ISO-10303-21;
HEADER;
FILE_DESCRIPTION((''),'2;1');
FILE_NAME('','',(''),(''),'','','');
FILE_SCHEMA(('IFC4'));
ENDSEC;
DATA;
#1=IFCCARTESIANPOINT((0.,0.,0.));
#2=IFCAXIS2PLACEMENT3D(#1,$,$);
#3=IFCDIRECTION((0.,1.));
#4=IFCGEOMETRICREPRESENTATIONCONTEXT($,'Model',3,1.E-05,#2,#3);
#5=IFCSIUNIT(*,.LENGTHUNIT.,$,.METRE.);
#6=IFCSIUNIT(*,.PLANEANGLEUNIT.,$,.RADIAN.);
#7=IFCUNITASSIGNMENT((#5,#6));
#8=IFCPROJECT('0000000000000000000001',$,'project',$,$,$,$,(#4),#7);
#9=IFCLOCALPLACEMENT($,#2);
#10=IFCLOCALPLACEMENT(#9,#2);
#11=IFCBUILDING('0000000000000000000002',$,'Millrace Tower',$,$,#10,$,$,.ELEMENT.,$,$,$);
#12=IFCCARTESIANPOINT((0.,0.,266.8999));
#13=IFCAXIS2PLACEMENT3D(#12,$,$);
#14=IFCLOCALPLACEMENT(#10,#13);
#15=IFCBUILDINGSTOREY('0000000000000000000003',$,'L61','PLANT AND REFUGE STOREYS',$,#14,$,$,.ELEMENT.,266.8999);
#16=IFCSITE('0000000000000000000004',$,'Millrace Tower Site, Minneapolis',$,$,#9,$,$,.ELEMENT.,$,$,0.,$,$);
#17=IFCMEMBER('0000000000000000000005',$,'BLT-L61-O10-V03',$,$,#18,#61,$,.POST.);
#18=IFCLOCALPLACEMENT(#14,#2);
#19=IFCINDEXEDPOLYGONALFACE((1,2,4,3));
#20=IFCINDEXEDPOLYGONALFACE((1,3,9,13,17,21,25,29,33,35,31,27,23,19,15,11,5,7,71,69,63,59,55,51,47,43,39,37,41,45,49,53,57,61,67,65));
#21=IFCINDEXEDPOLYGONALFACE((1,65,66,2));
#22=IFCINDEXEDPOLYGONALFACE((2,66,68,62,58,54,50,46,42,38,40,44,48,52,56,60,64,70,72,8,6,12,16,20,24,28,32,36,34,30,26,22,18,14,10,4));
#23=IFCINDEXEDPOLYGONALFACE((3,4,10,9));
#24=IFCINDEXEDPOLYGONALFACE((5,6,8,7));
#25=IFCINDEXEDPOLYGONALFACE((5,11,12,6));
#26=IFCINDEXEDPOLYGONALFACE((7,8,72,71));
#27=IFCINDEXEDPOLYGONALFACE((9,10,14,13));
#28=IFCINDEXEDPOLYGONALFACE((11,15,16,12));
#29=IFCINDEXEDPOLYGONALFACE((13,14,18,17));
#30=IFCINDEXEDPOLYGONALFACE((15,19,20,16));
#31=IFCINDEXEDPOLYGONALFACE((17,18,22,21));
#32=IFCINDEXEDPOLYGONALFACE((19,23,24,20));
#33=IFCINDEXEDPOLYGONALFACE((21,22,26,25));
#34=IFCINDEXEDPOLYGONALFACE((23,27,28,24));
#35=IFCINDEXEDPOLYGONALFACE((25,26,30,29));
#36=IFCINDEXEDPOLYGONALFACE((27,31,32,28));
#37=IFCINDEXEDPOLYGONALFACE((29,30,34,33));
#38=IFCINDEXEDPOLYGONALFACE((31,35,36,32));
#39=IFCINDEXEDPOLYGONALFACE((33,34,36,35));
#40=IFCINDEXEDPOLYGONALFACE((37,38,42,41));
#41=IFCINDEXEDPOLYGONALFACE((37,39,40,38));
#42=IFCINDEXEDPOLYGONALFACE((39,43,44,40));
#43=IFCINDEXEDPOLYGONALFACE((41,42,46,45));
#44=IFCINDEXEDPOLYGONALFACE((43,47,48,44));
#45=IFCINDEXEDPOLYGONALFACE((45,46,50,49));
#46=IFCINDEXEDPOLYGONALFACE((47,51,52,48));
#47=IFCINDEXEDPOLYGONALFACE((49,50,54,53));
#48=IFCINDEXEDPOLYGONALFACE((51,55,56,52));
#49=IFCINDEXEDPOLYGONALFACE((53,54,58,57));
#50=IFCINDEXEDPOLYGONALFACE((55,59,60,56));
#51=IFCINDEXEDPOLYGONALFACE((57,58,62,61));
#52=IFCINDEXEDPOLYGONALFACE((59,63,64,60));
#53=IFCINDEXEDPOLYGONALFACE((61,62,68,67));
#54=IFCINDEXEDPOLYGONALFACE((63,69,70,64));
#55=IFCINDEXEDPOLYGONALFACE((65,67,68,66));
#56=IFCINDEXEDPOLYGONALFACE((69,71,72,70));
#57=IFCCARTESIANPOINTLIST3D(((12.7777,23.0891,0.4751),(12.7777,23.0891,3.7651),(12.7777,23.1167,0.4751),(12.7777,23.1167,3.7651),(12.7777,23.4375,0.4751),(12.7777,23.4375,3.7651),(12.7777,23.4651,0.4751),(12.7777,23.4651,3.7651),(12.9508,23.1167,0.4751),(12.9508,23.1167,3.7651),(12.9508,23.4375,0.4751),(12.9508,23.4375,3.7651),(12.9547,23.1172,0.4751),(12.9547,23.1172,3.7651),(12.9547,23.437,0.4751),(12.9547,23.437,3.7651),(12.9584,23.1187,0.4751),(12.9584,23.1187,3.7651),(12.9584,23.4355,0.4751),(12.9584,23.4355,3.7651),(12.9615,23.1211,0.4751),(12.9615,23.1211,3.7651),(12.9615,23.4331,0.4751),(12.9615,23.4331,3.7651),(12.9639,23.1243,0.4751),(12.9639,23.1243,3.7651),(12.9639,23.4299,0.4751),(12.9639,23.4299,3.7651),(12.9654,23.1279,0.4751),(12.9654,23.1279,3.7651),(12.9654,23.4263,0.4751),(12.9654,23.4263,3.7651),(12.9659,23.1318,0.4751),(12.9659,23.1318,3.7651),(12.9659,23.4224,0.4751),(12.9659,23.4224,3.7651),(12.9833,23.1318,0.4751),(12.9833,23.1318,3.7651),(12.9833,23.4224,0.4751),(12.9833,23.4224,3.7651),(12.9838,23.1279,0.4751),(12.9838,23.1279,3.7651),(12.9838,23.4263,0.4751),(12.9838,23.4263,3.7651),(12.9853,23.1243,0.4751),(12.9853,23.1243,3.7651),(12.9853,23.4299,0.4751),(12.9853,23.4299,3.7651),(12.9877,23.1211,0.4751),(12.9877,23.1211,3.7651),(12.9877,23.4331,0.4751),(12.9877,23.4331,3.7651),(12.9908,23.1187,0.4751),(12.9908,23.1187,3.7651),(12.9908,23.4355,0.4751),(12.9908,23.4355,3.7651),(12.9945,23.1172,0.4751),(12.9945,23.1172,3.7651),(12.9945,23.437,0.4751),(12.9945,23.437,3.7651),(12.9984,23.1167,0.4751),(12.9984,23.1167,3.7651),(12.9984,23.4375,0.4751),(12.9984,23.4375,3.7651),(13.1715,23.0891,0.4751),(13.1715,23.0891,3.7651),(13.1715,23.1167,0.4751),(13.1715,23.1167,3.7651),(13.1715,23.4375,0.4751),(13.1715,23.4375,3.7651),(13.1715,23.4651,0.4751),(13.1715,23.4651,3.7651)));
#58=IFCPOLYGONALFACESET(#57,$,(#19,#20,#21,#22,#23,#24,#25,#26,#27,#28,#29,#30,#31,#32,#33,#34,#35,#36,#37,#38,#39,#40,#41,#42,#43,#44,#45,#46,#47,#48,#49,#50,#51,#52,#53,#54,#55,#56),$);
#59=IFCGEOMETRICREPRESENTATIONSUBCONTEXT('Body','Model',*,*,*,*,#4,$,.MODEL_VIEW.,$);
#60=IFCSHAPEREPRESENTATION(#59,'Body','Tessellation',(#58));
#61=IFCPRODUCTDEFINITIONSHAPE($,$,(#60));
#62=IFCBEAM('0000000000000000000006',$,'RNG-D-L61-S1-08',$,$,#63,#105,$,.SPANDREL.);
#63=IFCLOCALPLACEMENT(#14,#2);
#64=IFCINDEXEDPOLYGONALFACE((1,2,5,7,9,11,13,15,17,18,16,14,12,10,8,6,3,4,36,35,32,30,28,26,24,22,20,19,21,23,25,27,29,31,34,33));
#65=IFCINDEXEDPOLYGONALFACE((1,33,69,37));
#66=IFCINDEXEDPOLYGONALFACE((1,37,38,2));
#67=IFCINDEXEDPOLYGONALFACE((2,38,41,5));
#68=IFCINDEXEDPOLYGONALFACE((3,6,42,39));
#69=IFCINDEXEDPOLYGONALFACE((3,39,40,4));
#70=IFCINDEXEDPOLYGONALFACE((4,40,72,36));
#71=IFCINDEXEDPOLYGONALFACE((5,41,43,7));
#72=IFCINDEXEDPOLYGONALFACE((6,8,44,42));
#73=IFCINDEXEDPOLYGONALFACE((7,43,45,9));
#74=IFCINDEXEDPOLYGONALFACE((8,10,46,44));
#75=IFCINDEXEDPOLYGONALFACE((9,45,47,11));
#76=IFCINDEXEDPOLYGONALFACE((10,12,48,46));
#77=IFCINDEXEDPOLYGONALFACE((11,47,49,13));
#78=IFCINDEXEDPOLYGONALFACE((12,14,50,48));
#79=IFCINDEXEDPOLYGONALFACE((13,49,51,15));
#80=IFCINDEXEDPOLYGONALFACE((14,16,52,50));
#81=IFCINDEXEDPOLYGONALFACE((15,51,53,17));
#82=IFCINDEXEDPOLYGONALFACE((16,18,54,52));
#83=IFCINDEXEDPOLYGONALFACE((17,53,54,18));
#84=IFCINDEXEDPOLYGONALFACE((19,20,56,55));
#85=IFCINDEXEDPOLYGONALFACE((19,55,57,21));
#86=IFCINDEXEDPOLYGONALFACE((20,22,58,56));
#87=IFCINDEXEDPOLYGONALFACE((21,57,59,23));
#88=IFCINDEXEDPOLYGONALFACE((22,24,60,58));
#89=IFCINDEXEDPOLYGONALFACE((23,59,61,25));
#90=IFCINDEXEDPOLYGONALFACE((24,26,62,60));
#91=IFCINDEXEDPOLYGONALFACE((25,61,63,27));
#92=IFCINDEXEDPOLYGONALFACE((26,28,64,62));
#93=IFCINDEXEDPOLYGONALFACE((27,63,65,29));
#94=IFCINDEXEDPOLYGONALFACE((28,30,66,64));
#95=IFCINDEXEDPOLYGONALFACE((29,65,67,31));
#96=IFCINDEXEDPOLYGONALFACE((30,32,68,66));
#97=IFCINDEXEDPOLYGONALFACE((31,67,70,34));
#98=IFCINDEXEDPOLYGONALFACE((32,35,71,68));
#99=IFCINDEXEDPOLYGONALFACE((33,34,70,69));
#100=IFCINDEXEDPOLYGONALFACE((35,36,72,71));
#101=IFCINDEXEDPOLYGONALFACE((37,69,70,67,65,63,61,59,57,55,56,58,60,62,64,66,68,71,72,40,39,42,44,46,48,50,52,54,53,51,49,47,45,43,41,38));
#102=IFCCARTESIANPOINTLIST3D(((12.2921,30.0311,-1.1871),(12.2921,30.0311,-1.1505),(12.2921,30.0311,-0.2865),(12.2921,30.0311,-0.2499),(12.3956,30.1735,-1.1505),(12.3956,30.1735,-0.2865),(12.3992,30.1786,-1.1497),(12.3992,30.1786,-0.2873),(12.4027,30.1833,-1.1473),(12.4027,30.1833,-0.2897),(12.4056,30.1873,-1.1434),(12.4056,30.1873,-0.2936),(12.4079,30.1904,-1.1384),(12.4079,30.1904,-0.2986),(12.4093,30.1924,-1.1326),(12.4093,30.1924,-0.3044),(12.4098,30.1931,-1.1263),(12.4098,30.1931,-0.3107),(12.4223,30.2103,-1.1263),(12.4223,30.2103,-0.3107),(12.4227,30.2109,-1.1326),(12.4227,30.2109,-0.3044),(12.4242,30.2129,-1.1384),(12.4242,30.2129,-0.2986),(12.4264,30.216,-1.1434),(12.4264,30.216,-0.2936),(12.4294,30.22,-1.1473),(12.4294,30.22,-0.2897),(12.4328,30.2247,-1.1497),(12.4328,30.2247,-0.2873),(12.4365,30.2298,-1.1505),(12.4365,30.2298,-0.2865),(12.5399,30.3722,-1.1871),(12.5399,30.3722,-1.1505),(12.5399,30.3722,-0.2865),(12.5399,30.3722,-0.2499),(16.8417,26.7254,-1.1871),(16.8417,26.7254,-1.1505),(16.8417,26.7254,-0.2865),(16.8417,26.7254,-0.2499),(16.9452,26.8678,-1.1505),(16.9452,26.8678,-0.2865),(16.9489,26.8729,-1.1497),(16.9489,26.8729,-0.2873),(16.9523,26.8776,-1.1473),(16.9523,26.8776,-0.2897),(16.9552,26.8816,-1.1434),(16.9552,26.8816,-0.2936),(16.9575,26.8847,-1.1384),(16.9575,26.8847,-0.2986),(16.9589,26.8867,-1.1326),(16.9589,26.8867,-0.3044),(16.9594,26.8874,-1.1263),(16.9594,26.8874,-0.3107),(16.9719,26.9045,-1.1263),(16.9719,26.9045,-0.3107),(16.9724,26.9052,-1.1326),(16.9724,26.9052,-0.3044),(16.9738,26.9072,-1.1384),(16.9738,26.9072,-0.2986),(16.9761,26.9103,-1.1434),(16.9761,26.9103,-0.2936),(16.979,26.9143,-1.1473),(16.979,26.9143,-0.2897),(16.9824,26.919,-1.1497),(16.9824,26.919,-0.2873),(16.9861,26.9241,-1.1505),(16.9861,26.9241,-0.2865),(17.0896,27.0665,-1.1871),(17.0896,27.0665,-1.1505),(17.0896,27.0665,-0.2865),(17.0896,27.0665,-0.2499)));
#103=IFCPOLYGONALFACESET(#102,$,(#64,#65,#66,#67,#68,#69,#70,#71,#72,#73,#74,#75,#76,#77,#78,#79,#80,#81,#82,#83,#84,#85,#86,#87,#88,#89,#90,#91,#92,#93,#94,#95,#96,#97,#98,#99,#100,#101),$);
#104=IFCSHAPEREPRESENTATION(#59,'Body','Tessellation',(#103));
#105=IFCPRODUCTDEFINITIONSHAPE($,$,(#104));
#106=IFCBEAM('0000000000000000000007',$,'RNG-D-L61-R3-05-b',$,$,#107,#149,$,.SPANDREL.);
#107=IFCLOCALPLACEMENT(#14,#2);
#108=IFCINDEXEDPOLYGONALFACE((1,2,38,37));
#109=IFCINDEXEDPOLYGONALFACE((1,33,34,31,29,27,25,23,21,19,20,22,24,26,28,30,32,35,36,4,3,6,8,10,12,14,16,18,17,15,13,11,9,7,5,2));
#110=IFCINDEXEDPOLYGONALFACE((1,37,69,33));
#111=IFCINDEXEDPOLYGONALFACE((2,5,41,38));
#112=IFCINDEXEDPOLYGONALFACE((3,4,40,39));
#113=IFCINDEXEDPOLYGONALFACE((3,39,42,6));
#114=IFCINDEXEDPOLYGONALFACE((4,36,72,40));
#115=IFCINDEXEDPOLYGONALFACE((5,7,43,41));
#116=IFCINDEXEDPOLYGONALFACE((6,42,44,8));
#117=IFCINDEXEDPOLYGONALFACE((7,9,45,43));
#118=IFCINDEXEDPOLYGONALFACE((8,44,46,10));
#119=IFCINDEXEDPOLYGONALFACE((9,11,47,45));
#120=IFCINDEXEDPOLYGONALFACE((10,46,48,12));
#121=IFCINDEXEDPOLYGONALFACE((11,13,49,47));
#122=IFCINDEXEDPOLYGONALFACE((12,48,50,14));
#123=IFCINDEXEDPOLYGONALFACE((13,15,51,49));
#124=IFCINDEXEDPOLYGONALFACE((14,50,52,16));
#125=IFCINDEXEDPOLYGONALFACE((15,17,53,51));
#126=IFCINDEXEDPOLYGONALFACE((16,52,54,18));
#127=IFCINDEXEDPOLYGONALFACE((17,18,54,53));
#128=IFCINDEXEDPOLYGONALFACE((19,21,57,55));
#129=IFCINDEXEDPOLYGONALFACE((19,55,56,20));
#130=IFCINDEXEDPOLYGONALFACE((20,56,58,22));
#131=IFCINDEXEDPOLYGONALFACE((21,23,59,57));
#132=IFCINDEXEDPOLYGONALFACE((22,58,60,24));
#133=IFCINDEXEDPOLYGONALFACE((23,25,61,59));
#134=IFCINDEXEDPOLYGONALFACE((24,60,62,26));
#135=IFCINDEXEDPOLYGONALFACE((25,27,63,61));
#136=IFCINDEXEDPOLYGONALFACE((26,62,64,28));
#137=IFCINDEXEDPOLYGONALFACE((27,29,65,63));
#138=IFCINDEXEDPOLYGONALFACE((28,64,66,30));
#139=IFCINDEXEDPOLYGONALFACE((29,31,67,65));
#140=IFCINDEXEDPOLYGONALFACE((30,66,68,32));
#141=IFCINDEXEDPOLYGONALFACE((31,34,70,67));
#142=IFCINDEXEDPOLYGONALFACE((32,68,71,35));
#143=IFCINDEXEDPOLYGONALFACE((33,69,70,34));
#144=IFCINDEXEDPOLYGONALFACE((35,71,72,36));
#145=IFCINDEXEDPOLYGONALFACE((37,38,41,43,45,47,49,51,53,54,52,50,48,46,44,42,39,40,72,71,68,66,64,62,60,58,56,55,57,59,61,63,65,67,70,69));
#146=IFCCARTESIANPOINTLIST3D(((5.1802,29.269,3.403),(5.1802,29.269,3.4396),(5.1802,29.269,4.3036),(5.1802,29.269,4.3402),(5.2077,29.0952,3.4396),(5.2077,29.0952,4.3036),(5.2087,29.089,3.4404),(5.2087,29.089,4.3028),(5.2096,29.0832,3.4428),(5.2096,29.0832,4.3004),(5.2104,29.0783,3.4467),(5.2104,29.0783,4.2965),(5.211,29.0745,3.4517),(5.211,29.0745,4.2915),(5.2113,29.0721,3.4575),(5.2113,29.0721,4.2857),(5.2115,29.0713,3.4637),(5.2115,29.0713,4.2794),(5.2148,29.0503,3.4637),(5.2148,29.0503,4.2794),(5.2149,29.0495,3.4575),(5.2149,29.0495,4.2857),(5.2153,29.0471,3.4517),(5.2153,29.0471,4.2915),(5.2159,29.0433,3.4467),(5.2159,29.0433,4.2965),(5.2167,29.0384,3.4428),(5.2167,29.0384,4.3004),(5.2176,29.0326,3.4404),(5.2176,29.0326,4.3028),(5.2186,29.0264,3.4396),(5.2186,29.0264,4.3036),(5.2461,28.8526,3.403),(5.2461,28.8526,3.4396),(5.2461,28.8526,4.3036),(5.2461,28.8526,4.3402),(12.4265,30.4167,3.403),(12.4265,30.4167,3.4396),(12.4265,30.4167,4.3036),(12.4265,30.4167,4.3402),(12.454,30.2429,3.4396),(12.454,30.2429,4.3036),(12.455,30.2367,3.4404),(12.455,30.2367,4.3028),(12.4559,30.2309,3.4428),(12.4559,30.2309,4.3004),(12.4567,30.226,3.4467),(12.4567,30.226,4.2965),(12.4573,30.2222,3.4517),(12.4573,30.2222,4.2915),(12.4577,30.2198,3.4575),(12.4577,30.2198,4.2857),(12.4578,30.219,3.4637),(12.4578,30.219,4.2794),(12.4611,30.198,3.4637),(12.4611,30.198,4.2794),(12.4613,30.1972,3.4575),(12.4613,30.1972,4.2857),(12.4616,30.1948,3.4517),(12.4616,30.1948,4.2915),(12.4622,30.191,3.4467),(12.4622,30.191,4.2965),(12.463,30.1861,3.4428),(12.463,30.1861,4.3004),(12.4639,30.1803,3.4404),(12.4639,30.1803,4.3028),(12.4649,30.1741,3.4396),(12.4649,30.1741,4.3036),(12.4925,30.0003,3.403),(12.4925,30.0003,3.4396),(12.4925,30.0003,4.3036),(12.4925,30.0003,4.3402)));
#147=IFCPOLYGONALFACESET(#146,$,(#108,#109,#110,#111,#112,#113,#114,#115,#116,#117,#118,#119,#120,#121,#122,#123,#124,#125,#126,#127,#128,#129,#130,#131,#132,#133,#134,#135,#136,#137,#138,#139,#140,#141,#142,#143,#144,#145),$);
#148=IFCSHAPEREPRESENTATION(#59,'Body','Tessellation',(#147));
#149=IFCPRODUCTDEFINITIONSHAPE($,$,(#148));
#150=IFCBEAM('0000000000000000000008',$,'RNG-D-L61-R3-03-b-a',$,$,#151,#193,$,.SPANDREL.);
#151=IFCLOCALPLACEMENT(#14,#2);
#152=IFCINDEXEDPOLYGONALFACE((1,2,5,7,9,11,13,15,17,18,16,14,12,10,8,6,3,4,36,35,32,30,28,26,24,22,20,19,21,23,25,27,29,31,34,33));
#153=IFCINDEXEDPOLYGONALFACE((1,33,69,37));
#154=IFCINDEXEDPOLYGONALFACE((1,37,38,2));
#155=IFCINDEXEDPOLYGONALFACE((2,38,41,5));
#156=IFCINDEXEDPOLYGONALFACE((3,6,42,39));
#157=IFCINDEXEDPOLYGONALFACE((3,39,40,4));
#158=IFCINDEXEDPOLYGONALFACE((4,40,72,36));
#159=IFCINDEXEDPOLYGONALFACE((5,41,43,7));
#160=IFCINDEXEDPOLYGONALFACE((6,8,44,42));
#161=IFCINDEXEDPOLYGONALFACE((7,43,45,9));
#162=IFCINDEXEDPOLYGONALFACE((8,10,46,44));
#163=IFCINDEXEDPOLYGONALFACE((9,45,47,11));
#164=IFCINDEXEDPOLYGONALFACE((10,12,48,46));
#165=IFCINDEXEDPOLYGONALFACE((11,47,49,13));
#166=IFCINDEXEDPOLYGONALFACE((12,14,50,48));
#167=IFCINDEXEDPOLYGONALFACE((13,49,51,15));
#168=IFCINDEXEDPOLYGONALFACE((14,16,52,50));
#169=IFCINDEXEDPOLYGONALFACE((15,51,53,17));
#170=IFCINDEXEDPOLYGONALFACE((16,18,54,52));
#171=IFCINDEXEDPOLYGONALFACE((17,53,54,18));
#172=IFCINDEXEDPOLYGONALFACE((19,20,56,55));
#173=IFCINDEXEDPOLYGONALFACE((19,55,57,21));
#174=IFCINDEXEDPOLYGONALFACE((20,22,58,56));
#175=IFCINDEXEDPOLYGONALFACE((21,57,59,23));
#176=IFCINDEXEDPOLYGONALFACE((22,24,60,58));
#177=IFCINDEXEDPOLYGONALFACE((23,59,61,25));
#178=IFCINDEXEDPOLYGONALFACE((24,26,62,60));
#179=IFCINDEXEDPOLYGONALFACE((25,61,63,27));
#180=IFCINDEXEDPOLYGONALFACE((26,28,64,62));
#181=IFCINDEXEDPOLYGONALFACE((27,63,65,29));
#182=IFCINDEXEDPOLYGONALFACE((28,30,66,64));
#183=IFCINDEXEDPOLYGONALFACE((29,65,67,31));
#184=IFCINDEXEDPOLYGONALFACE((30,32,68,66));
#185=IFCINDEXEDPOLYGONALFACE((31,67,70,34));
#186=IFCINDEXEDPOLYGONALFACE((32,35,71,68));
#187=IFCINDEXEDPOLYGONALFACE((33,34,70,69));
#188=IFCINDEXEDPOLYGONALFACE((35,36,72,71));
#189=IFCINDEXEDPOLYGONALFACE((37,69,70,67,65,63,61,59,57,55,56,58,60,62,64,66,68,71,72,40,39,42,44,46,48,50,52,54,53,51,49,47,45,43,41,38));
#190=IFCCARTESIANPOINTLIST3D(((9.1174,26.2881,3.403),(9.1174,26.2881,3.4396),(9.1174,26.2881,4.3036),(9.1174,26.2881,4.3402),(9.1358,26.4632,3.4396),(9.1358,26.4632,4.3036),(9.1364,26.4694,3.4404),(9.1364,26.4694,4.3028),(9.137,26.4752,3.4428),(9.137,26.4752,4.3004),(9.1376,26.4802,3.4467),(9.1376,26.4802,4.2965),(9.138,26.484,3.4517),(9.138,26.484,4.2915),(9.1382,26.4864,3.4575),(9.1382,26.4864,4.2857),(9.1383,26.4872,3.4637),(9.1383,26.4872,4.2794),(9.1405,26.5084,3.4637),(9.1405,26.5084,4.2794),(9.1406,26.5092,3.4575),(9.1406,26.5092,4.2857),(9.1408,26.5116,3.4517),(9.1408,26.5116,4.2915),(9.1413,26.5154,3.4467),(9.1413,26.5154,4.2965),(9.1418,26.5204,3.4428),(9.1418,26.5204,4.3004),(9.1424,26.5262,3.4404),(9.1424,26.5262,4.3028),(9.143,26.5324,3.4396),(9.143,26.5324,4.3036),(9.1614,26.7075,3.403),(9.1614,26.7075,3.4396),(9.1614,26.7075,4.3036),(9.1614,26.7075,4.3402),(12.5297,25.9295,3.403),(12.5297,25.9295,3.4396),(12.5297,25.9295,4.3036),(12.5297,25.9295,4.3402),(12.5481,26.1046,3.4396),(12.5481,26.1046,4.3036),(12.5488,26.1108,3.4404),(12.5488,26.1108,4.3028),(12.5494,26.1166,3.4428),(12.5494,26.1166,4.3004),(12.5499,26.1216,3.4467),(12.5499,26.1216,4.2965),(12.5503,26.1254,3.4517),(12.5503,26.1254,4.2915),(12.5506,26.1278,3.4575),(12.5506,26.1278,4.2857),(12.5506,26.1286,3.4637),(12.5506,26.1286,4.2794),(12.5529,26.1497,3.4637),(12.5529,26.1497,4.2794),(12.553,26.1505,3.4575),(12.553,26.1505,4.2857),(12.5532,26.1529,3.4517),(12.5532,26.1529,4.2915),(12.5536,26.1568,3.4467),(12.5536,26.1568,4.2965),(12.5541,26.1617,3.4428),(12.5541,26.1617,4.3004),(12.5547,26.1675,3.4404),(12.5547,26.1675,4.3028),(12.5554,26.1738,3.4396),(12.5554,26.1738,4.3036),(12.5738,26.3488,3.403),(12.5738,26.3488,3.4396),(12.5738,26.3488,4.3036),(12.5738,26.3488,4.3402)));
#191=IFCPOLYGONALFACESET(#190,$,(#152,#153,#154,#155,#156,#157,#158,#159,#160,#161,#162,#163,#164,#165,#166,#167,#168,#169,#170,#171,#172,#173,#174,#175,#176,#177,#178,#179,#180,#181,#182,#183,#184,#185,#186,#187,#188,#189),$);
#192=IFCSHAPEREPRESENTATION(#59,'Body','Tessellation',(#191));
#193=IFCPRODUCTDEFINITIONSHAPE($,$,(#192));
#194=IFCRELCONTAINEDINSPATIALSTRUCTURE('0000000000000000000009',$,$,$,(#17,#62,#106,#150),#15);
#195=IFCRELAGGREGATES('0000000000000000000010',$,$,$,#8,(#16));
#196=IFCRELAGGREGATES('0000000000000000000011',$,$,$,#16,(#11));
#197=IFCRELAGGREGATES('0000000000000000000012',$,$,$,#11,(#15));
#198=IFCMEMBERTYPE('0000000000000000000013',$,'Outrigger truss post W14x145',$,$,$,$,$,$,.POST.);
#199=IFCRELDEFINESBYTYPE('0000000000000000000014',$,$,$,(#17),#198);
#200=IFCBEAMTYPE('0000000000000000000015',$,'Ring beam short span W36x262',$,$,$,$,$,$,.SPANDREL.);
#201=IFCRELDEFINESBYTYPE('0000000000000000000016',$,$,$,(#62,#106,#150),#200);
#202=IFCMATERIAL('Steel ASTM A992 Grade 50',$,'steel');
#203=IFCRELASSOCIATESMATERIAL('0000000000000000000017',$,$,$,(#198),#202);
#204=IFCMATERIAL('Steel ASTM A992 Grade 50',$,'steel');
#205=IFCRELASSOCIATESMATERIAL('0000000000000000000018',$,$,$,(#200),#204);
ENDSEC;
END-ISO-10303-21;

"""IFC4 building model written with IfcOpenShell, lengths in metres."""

from ifc_helpers import new_model, si_unit, direction, frame, origin, origin_2d, place, context, subcontext, project, spatial, i_section, extrude, material, material_profile, profile_set, type_object, element, save


model = new_model("IFC4")

# Units and contexts
model_context = context("Model", 3, precision=1e-05, world=origin(), true_north=direction((0.0, 1.0)))
body_context = subcontext(model_context, "Body", "Model", "MODEL_VIEW")
ifc_project = project(units=[si_unit("LENGTHUNIT", "METRE"), si_unit("PLANEANGLEUNIT", "RADIAN")], contexts=[model_context])

# Site, building, storey
site_placement = place(None, origin())
site = spatial("IfcSite", under=ifc_project, at=site_placement, Name="Millrace Tower Site, Minneapolis", CompositionType="ELEMENT", RefElevation=0.0)
building_placement = place(site_placement, origin())
building = spatial("IfcBuilding", under=site, at=building_placement, Name="Millrace Tower", CompositionType="ELEMENT")
storey_placement = place(building_placement, frame((0.0, 0.0, 266.8999)))
storey = spatial("IfcBuildingStorey", under=building, at=storey_placement, Name="L61", Description="PLANT AND REFUGE STOREYS", CompositionType="ELEMENT", Elevation=266.8999)

# Member
ifc_material_1 = material(Name="Steel ASTM A992 Grade 50", Category="steel")
ifc_material_profile_1 = material_profile(ifc_material_1, i_section(OverallWidth=0.3938, OverallDepth=0.376, WebThickness=0.0173, FlangeThickness=0.0276, FilletRadius=0.0151, at=origin_2d()))
ifc_profile_set_1 = profile_set([ifc_material_profile_1], Name="Steel ASTM A992 Grade 50")
member_type_1 = type_object("IfcMemberType", Name="Outrigger truss post W14x145", PredefinedType="POST", material=ifc_profile_set_1)
member_1_placement = place(storey_placement, frame((12.9746, 23.2771, 0.4751), z_axis=(0.0, 0.0, 1.0), x_axis=(1.0, 0.0, 0.0)))
element("IfcMember", 1, at=member_1_placement, inside=storey, type_object=member_type_1, Name="BLT-L61-O10-V03", PredefinedType="POST", context=body_context, shape_type="SweptSolid", body=[
    extrude(i_section(OverallWidth=0.3938, OverallDepth=0.376, WebThickness=0.0173, FlangeThickness=0.0276, FilletRadius=0.0151, at=origin_2d()), origin(), (0.0, 0.0, 1.0), 3.29),
])

# Beams
ifc_material_2 = material(Name="Steel ASTM A992 Grade 50", Category="steel")
ifc_material_profile_2 = material_profile(ifc_material_2, i_section(OverallWidth=0.4216, OverallDepth=0.9373, WebThickness=0.0212, FlangeThickness=0.0366, FilletRadius=0.0242, at=origin_2d()))
ifc_profile_set_2 = profile_set([ifc_material_profile_2], Name="Steel ASTM A992 Grade 50")
beam_type_1 = type_object("IfcBeamType", Name="Ring beam short span W36x262", PredefinedType="SPANDREL", material=ifc_profile_set_2)
beam_1_placement = place(storey_placement, frame((12.416, 30.2017, -0.7185), z_axis=(0.808999, -0.58781, 0.0), x_axis=(0.58781, 0.808999, 0.0)))
element("IfcBeam", 2, at=beam_1_placement, inside=storey, type_object=beam_type_1, Name="RNG-D-L61-S1-08", PredefinedType="SPANDREL", context=body_context, shape_type="SweptSolid", body=[
    extrude(i_section(OverallWidth=0.4216, OverallDepth=0.9373, WebThickness=0.0212, FlangeThickness=0.0366, FilletRadius=0.0242, at=origin_2d()), origin(), (0.0, 0.0, 1.0), 5.6238),
])
beam_2_placement = place(storey_placement, frame((5.2131, 29.0608, 3.8716), z_axis=(0.987688, 0.156434, 0.0), x_axis=(-0.156434, 0.987688, 0.0)))
element("IfcBeam", 3, at=beam_2_placement, inside=storey, type_object=beam_type_1, Name="RNG-D-L61-R3-05-b", PredefinedType="SPANDREL", context=body_context, shape_type="SweptSolid", body=[
    extrude(i_section(OverallWidth=0.4216, OverallDepth=0.9373, WebThickness=0.0212, FlangeThickness=0.0366, FilletRadius=0.0242, at=origin_2d()), origin(), (0.0, 0.0, 1.0), 7.3367),
])
beam_3_placement = place(storey_placement, frame((12.5518, 26.1392, 3.8716), z_axis=(-0.994522, 0.104526, 0.0), x_axis=(-0.104526, -0.994522, 0.0)))
element("IfcBeam", 4, at=beam_3_placement, inside=storey, type_object=beam_type_1, Name="RNG-D-L61-R3-03-b-a", PredefinedType="SPANDREL", context=body_context, shape_type="SweptSolid", body=[
    extrude(i_section(OverallWidth=0.4216, OverallDepth=0.9373, WebThickness=0.0212, FlangeThickness=0.0366, FilletRadius=0.0242, at=origin_2d()), origin(), (0.0, 0.0, 1.0), 3.4312),
])

save(model, "model.ifc")
